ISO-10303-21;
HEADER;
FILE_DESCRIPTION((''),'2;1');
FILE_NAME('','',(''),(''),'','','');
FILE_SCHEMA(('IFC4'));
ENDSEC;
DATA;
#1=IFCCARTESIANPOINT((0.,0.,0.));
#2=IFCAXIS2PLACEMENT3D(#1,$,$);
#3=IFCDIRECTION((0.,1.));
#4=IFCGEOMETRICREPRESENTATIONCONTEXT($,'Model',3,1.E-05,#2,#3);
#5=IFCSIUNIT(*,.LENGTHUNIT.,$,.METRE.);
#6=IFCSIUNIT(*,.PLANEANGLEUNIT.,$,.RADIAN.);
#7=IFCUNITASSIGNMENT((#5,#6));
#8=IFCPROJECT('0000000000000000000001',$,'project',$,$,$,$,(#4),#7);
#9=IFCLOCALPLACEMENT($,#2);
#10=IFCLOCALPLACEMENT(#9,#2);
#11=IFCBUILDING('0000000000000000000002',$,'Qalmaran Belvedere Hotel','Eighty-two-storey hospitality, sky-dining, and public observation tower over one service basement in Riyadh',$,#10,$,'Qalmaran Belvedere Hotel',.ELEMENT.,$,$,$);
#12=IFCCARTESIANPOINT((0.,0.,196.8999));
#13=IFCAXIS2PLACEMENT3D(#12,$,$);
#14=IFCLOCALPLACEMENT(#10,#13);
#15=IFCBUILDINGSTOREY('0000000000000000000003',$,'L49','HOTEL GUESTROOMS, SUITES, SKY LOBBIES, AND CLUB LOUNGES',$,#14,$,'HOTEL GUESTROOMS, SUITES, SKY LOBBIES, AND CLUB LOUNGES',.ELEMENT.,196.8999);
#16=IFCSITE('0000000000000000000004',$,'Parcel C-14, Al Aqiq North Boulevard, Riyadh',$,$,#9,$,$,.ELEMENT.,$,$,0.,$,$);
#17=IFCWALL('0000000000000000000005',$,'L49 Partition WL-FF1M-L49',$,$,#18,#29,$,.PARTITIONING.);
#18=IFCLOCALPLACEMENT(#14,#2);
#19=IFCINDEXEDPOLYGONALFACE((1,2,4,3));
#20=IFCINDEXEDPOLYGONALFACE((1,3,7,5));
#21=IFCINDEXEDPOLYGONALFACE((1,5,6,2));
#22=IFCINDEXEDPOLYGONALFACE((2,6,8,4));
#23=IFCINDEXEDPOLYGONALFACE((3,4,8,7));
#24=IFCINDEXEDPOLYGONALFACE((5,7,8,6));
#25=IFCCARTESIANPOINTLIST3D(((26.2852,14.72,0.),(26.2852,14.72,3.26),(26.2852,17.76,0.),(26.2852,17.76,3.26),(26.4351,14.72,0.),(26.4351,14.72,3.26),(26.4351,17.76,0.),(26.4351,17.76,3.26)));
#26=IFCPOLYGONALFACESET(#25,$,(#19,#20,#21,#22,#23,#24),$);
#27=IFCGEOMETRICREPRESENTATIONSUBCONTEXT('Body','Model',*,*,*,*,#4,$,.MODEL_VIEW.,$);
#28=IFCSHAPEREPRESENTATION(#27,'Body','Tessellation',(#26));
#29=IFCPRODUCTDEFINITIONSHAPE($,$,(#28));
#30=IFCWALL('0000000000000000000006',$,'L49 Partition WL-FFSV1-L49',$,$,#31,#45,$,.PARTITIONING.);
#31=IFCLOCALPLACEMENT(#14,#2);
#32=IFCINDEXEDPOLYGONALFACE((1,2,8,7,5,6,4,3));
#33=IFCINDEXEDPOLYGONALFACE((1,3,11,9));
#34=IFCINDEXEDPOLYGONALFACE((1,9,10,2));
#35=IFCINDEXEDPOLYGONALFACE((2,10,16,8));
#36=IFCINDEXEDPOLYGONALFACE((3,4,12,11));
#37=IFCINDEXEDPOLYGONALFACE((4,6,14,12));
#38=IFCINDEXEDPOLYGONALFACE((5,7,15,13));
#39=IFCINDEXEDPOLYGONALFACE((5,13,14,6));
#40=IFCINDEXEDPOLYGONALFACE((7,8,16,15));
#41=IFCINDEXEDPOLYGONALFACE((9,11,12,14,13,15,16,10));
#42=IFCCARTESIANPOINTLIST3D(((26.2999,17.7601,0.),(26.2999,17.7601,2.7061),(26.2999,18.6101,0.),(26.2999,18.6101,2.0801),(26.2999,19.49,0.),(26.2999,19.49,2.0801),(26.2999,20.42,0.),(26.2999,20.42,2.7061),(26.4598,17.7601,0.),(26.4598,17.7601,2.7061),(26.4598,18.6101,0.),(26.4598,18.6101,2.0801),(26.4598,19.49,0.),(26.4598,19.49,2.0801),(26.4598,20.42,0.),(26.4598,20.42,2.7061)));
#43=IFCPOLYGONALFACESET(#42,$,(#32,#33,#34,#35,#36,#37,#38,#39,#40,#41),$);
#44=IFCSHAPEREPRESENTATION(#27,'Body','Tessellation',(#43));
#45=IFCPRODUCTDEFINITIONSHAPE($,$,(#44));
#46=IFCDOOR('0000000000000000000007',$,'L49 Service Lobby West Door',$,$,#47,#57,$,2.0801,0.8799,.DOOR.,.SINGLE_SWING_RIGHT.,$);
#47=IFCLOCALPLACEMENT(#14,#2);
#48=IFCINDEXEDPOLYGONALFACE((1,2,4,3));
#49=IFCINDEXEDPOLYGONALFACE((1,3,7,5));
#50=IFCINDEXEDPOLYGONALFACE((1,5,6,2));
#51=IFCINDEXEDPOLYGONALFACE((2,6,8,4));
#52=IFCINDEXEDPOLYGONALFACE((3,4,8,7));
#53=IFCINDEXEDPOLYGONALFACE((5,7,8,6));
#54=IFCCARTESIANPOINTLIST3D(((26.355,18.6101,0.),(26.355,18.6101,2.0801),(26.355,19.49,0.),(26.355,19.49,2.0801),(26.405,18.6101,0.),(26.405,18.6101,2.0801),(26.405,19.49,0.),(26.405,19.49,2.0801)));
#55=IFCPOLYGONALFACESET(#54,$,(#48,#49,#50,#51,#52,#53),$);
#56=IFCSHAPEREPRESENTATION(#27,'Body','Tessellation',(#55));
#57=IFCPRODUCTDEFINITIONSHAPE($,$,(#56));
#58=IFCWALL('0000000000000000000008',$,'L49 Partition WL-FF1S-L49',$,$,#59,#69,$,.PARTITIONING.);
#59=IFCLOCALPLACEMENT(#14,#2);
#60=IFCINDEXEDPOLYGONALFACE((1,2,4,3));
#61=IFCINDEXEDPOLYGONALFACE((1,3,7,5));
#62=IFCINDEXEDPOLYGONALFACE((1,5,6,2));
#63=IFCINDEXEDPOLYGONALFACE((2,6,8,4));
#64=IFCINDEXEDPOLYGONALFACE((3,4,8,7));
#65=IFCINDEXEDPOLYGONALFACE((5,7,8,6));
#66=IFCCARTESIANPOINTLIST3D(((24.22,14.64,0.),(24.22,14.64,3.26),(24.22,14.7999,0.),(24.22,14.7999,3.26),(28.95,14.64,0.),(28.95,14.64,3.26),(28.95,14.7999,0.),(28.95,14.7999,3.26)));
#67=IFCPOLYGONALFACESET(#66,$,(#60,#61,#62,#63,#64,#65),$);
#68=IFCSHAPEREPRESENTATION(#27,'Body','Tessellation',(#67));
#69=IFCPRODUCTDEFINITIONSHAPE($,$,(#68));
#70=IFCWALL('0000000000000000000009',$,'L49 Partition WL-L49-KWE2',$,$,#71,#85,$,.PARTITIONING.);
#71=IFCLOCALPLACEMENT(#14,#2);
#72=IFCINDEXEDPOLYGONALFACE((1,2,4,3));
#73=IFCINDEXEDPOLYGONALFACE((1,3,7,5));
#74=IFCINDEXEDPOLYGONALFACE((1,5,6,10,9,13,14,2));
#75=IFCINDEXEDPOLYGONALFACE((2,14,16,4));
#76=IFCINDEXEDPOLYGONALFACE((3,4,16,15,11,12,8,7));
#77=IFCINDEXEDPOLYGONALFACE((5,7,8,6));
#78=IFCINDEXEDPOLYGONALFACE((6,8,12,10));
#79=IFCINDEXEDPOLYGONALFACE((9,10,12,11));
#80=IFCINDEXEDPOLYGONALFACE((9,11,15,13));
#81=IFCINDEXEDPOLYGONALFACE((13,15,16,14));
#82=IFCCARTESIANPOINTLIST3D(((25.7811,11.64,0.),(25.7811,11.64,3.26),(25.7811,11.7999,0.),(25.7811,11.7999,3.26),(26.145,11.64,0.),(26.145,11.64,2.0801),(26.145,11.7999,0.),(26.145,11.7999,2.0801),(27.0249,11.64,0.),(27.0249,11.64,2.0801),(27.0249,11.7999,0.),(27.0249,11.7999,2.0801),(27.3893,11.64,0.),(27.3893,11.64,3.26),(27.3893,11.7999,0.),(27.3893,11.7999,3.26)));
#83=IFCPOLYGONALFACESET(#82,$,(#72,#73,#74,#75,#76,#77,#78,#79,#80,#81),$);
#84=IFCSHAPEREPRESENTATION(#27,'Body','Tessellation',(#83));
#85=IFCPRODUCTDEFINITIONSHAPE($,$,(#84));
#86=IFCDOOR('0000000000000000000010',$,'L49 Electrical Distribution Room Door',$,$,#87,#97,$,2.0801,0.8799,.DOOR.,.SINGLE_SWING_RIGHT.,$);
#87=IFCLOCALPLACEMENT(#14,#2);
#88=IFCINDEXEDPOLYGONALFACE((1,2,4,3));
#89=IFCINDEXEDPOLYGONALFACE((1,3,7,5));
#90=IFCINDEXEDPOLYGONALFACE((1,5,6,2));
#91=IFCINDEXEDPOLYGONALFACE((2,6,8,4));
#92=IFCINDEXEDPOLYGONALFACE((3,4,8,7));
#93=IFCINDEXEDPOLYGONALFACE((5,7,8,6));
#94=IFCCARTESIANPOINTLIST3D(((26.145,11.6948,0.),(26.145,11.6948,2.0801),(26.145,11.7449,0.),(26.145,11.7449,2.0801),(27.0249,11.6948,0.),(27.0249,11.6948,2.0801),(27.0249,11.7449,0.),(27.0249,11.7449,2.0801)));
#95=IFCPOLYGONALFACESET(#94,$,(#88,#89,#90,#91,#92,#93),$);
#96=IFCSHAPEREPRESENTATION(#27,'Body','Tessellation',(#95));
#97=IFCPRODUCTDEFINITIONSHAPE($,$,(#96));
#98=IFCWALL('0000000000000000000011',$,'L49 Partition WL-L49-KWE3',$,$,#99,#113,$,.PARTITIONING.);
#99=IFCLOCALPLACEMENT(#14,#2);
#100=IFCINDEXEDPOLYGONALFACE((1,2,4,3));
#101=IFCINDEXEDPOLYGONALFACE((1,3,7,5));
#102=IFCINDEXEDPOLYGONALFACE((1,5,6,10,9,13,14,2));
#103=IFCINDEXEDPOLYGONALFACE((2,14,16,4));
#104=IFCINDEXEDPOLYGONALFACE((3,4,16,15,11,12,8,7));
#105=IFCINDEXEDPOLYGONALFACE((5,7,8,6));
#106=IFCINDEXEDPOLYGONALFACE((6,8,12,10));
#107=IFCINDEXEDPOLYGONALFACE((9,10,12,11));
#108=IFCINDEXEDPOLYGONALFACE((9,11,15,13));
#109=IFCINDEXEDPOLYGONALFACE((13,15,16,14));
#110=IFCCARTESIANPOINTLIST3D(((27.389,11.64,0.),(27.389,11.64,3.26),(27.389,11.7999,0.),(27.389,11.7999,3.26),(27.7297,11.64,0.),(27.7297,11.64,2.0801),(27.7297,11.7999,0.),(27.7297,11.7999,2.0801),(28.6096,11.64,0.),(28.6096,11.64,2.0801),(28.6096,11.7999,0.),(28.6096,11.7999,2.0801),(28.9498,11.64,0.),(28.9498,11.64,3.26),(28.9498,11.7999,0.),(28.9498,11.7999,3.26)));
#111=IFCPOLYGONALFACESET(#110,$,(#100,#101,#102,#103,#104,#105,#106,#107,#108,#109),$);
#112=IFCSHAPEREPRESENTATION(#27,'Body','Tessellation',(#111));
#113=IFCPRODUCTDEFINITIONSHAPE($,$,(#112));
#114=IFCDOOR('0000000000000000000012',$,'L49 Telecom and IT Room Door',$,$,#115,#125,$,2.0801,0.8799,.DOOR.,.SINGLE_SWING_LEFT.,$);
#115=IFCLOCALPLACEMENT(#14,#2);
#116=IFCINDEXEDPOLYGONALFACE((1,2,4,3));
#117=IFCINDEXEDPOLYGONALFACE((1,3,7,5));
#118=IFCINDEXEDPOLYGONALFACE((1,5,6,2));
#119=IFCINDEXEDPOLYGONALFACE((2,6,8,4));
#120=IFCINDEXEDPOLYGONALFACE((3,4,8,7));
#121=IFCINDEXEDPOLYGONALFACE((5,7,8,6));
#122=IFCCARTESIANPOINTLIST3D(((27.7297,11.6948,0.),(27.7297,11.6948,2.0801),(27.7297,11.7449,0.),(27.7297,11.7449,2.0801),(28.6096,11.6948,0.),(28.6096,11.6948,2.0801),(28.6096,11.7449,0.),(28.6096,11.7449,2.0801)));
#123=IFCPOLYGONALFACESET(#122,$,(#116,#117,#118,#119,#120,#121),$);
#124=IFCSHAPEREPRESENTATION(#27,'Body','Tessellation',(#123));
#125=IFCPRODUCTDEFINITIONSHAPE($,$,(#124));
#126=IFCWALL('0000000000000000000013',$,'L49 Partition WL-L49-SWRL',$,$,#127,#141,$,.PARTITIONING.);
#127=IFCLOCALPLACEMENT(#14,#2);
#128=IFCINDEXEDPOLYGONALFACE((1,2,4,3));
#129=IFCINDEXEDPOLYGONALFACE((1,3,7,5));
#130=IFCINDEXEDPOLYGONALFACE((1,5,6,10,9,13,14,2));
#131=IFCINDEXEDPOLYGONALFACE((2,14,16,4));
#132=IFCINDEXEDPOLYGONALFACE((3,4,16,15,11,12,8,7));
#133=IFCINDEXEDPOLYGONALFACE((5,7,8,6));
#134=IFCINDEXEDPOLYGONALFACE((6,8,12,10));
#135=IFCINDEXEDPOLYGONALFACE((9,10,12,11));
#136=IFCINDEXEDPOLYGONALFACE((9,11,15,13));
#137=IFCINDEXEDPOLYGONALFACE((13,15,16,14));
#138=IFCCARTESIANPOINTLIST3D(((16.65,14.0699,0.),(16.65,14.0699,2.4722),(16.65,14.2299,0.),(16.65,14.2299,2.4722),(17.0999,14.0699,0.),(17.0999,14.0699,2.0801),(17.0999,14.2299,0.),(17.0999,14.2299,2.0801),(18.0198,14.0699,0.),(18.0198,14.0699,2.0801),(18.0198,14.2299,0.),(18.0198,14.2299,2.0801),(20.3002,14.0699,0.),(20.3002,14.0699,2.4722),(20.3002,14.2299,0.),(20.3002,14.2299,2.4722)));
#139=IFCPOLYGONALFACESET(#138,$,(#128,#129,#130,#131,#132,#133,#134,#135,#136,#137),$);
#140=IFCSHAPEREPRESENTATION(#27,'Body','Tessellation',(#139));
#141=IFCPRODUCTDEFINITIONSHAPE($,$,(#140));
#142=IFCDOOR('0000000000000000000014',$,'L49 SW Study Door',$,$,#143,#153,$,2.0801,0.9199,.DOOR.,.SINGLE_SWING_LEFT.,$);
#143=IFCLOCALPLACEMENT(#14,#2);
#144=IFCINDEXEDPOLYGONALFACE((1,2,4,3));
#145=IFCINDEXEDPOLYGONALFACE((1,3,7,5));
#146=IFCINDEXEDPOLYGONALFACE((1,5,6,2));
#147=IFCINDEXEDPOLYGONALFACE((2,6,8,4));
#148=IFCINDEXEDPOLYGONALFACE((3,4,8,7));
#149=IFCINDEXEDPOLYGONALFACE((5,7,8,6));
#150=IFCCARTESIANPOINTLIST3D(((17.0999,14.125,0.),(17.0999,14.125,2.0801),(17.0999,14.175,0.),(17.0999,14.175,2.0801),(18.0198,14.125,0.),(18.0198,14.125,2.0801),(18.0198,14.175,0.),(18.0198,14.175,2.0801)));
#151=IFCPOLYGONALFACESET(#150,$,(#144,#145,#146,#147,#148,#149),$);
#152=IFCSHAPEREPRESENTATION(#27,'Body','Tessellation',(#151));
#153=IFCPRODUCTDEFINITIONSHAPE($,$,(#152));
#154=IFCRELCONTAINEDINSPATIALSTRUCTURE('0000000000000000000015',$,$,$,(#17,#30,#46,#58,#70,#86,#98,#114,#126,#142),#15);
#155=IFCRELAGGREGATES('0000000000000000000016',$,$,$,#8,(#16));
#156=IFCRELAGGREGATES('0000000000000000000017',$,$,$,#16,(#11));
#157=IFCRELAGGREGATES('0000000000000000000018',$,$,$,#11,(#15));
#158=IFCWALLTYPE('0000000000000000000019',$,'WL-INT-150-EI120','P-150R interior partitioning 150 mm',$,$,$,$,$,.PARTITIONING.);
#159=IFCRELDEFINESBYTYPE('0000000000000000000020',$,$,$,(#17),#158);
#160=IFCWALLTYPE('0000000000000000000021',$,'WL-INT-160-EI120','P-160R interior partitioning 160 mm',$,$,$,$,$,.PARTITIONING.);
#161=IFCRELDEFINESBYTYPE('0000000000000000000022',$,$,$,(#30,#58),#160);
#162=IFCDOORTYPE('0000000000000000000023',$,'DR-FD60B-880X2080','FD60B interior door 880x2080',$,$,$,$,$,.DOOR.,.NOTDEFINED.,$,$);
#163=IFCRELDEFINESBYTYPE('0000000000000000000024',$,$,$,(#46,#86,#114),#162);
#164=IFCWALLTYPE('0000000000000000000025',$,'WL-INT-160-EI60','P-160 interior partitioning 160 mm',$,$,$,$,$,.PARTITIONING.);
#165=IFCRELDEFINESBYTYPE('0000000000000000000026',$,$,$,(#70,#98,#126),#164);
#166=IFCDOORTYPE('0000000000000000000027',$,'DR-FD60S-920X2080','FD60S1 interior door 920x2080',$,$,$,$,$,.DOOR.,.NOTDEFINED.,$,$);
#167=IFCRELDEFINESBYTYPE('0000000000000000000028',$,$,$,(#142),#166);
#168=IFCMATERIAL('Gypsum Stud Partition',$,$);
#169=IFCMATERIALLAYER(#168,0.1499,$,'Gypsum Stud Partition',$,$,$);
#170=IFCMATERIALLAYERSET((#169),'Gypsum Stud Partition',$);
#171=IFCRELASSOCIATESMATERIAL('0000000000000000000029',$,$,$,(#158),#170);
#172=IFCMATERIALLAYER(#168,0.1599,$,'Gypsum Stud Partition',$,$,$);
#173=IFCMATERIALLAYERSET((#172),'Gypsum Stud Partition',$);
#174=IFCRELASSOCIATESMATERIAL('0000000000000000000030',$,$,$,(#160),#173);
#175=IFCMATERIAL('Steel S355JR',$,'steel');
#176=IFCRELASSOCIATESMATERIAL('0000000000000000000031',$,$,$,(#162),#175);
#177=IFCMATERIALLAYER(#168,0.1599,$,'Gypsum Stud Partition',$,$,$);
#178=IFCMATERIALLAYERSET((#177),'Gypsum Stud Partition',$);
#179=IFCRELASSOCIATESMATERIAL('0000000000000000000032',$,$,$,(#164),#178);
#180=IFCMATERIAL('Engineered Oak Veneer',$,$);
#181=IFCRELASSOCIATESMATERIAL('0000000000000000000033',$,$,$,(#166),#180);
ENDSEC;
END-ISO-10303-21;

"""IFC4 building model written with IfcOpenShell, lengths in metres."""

from ifc_helpers import new_model, si_unit, direction, frame, frame_2d, origin, place, context, subcontext, project, spatial, rectangle, extrude, material, layer, layer_set, type_object, element, fill, save


model = new_model("IFC4")

# Units and contexts
model_context = context("Model", 3, precision=1e-05, world=origin(), true_north=direction((0.0, 1.0)))
body_context = subcontext(model_context, "Body", "Model", "MODEL_VIEW")
ifc_project = project(units=[si_unit("LENGTHUNIT", "METRE"), si_unit("PLANEANGLEUNIT", "RADIAN")], contexts=[model_context])

# Site, building, storey
site_placement = place(None, origin())
site = spatial("IfcSite", under=ifc_project, at=site_placement, Name="Parcel C-14, Al Aqiq North Boulevard, Riyadh", CompositionType="ELEMENT", RefElevation=0.0)
building_placement = place(site_placement, origin())
building = spatial("IfcBuilding", under=site, at=building_placement, Name="Qalmaran Belvedere Hotel", Description="Eighty-two-storey hospitality, sky-dining, and public observation tower over one service basement in Riyadh", LongName="Qalmaran Belvedere Hotel", CompositionType="ELEMENT")
storey_placement = place(building_placement, frame((0.0, 0.0, 196.8999)))
storey = spatial("IfcBuildingStorey", under=building, at=storey_placement, Name="L49", Description="HOTEL GUESTROOMS, SUITES, SKY LOBBIES, AND CLUB LOUNGES", LongName="HOTEL GUESTROOMS, SUITES, SKY LOBBIES, AND CLUB LOUNGES", CompositionType="ELEMENT", Elevation=196.8999)

# Wall
ifc_material_1 = material(Name="Gypsum Stud Partition")
ifc_layer_1 = layer(ifc_material_1, 0.1499, Name="Gypsum Stud Partition")
ifc_layer_set_1 = layer_set([ifc_layer_1], Name="Gypsum Stud Partition")
wall_type_1 = type_object("IfcWallType", Name="WL-INT-150-EI120", Description="P-150R interior partitioning 150 mm", PredefinedType="PARTITIONING", material=ifc_layer_set_1)
wall_1_placement = place(storey_placement, frame((26.3601, 14.72, 0.0), z_axis=(0.0, 0.0, 1.0), x_axis=(0.0, 1.0, 0.0)))
element("IfcWall", 1, at=wall_1_placement, inside=storey, type_object=wall_type_1, Name="L49 Partition WL-FF1M-L49", PredefinedType="PARTITIONING", context=body_context, shape_type="SweptSolid", body=[
    extrude(rectangle(XDim=3.04, YDim=0.1499, at=frame_2d((1.52, 0.0))), origin(), (0.0, 0.0, 1.0), 3.26),
])

# Wall, opening, door
ifc_layer_2 = layer(ifc_material_1, 0.1599, Name="Gypsum Stud Partition")
ifc_layer_set_2 = layer_set([ifc_layer_2], Name="Gypsum Stud Partition")
wall_type_2 = type_object("IfcWallType", Name="WL-INT-160-EI120", Description="P-160R interior partitioning 160 mm", PredefinedType="PARTITIONING", material=ifc_layer_set_2)
wall_2_placement = place(storey_placement, frame((26.3799, 17.76, 0.0), z_axis=(0.0, 0.0, 1.0), x_axis=(0.0, 1.0, 0.0)))
wall_2 = element("IfcWall", 2, at=wall_2_placement, inside=storey, type_object=wall_type_2, Name="L49 Partition WL-FFSV1-L49", PredefinedType="PARTITIONING", context=body_context, shape_type="SweptSolid", body=[
    extrude(rectangle(XDim=2.6599, YDim=0.1599, at=frame_2d((1.3301, 0.0))), origin(), (0.0, 0.0, 1.0), 2.7061),
])
opening_1_placement = place(wall_2_placement, frame((0.8501, 0.0, 0.0)))
opening_1 = element("IfcOpeningElement", 3, at=opening_1_placement, cuts=wall_2, PredefinedType="OPENING", context=body_context, shape_type="SweptSolid", body=[
    extrude(rectangle(XDim=0.8799, YDim=2.0801, at=frame_2d((0.4399, 1.04))), frame((0.0, 0.0898, 0.0), z_axis=(0.0, -1.0, 0.0), x_axis=(1.0, 0.0, 0.0)), (0.0, 0.0, 1.0), 0.1799),
])
ifc_material_2 = material(Name="Steel S355JR", Category="steel")
door_type_1 = type_object("IfcDoorType", Name="DR-FD60B-880X2080", Description="FD60B interior door 880x2080", OperationType="NOTDEFINED", PredefinedType="DOOR", material=ifc_material_2)
door_1_placement = place(opening_1_placement, origin())
door_1 = element("IfcDoor", 4, at=door_1_placement, inside=storey, type_object=door_type_1, Name="L49 Service Lobby West Door", OperationType="SINGLE_SWING_RIGHT", OverallHeight=2.0801, OverallWidth=0.8799, PredefinedType="DOOR", context=body_context, shape_type="SweptSolid", body=[
    extrude(rectangle(XDim=0.8799, YDim=2.0801, at=frame_2d((0.4399, 1.04))), frame((0.0, 0.0249, 0.0), z_axis=(0.0, -1.0, 0.0), x_axis=(1.0, 0.0, 0.0)), (0.0, 0.0, 1.0), 0.05),
])
fill(opening_1, door_1)

# Wall
wall_3_placement = place(storey_placement, frame((24.22, 14.72, 0.0), z_axis=(0.0, 0.0, 1.0), x_axis=(1.0, 0.0, 0.0)))
element("IfcWall", 5, at=wall_3_placement, inside=storey, type_object=wall_type_2, Name="L49 Partition WL-FF1S-L49", PredefinedType="PARTITIONING", context=body_context, shape_type="SweptSolid", body=[
    extrude(rectangle(XDim=4.73, YDim=0.1599, at=frame_2d((2.365, 0.0))), origin(), (0.0, 0.0, 1.0), 3.26),
])

# Walls, openings, doors
ifc_layer_3 = layer(ifc_material_1, 0.1599, Name="Gypsum Stud Partition")
ifc_layer_set_3 = layer_set([ifc_layer_3], Name="Gypsum Stud Partition")
wall_type_3 = type_object("IfcWallType", Name="WL-INT-160-EI60", Description="P-160 interior partitioning 160 mm", PredefinedType="PARTITIONING", material=ifc_layer_set_3)
wall_4_placement = place(storey_placement, frame((25.781, 11.72, 0.0), z_axis=(0.0, 0.0, 1.0), x_axis=(1.0, 0.0, 0.0)))
wall_4 = element("IfcWall", 6, at=wall_4_placement, inside=storey, type_object=wall_type_3, Name="L49 Partition WL-L49-KWE2", PredefinedType="PARTITIONING", context=body_context, shape_type="SweptSolid", body=[
    extrude(rectangle(XDim=1.6082, YDim=0.1599, at=frame_2d((0.8042, 0.0))), origin(), (0.0, 0.0, 1.0), 3.26),
])
opening_2_placement = place(wall_4_placement, frame((0.364, 0.0, 0.0)))
opening_2 = element("IfcOpeningElement", 7, at=opening_2_placement, cuts=wall_4, PredefinedType="OPENING", context=body_context, shape_type="SweptSolid", body=[
    extrude(rectangle(XDim=0.8799, YDim=2.0801, at=frame_2d((0.4399, 1.04))), frame((0.0, 0.0898, 0.0), z_axis=(0.0, -1.0, 0.0), x_axis=(1.0, 0.0, 0.0)), (0.0, 0.0, 1.0), 0.1799),
])
door_2_placement = place(opening_2_placement, origin())
door_2 = element("IfcDoor", 8, at=door_2_placement, inside=storey, type_object=door_type_1, Name="L49 Electrical Distribution Room Door", OperationType="SINGLE_SWING_RIGHT", OverallHeight=2.0801, OverallWidth=0.8799, PredefinedType="DOOR", context=body_context, shape_type="SweptSolid", body=[
    extrude(rectangle(XDim=0.8799, YDim=2.0801, at=frame_2d((0.4399, 1.04))), frame((0.0, 0.0249, 0.0), z_axis=(0.0, -1.0, 0.0), x_axis=(1.0, 0.0, 0.0)), (0.0, 0.0, 1.0), 0.05),
])
fill(opening_2, door_2)
wall_5_placement = place(storey_placement, frame((27.3892, 11.72, 0.0), z_axis=(0.0, 0.0, 1.0), x_axis=(1.0, 0.0, 0.0)))
wall_5 = element("IfcWall", 9, at=wall_5_placement, inside=storey, type_object=wall_type_3, Name="L49 Partition WL-L49-KWE3", PredefinedType="PARTITIONING", context=body_context, shape_type="SweptSolid", body=[
    extrude(rectangle(XDim=1.5608, YDim=0.1599, at=frame_2d((0.7803, 0.0))), origin(), (0.0, 0.0, 1.0), 3.26),
])
opening_3_placement = place(wall_5_placement, frame((0.3406, 0.0, 0.0)))
opening_3 = element("IfcOpeningElement", 10, at=opening_3_placement, cuts=wall_5, PredefinedType="OPENING", context=body_context, shape_type="SweptSolid", body=[
    extrude(rectangle(XDim=0.8799, YDim=2.0801, at=frame_2d((0.4399, 1.04))), frame((0.0, 0.0898, 0.0), z_axis=(0.0, -1.0, 0.0), x_axis=(1.0, 0.0, 0.0)), (0.0, 0.0, 1.0), 0.1799),
])
door_3_placement = place(opening_3_placement, origin())
door_3 = element("IfcDoor", 11, at=door_3_placement, inside=storey, type_object=door_type_1, Name="L49 Telecom and IT Room Door", OperationType="SINGLE_SWING_LEFT", OverallHeight=2.0801, OverallWidth=0.8799, PredefinedType="DOOR", context=body_context, shape_type="SweptSolid", body=[
    extrude(rectangle(XDim=0.8799, YDim=2.0801, at=frame_2d((0.4399, 1.04))), frame((0.0, 0.0249, 0.0), z_axis=(0.0, -1.0, 0.0), x_axis=(1.0, 0.0, 0.0)), (0.0, 0.0, 1.0), 0.05),
])
fill(opening_3, door_3)
wall_6_placement = place(storey_placement, frame((16.6499, 14.1499, 0.0), z_axis=(0.0, 0.0, 1.0), x_axis=(1.0, 0.0, 0.0)))
wall_6 = element("IfcWall", 12, at=wall_6_placement, inside=storey, type_object=wall_type_3, Name="L49 Partition WL-L49-SWRL", PredefinedType="PARTITIONING", context=body_context, shape_type="SweptSolid", body=[
    extrude(rectangle(XDim=3.6501, YDim=0.1599, at=frame_2d((1.8252, 0.0))), origin(), (0.0, 0.0, 1.0), 2.4722),
])
opening_4_placement = place(wall_6_placement, frame((1.3699, 0.0, 0.0), z_axis=(0.0, 0.0, 1.0), x_axis=(-1.0, 0.0, 0.0)))
opening_4 = element("IfcOpeningElement", 13, at=opening_4_placement, cuts=wall_6, PredefinedType="OPENING", context=body_context, shape_type="SweptSolid", body=[
    extrude(rectangle(XDim=0.9199, YDim=2.0801, at=frame_2d((0.46, 1.04))), frame((0.0, 0.0898, 0.0), z_axis=(0.0, -1.0, 0.0), x_axis=(1.0, 0.0, 0.0)), (0.0, 0.0, 1.0), 0.1799),
])
ifc_material_3 = material(Name="Engineered Oak Veneer")
door_type_2 = type_object("IfcDoorType", Name="DR-FD60S-920X2080", Description="FD60S1 interior door 920x2080", OperationType="NOTDEFINED", PredefinedType="DOOR", material=ifc_material_3)
door_4_placement = place(opening_4_placement, origin())
door_4 = element("IfcDoor", 14, at=door_4_placement, inside=storey, type_object=door_type_2, Name="L49 SW Study Door", OperationType="SINGLE_SWING_LEFT", OverallHeight=2.0801, OverallWidth=0.9199, PredefinedType="DOOR", context=body_context, shape_type="SweptSolid", body=[
    extrude(rectangle(XDim=0.9199, YDim=2.0801, at=frame_2d((0.46, 1.04))), frame((0.0, 0.0249, 0.0), z_axis=(0.0, -1.0, 0.0), x_axis=(1.0, 0.0, 0.0)), (0.0, 0.0, 1.0), 0.05),
])
fill(opening_4, door_4)

save(model, "model.ifc")
